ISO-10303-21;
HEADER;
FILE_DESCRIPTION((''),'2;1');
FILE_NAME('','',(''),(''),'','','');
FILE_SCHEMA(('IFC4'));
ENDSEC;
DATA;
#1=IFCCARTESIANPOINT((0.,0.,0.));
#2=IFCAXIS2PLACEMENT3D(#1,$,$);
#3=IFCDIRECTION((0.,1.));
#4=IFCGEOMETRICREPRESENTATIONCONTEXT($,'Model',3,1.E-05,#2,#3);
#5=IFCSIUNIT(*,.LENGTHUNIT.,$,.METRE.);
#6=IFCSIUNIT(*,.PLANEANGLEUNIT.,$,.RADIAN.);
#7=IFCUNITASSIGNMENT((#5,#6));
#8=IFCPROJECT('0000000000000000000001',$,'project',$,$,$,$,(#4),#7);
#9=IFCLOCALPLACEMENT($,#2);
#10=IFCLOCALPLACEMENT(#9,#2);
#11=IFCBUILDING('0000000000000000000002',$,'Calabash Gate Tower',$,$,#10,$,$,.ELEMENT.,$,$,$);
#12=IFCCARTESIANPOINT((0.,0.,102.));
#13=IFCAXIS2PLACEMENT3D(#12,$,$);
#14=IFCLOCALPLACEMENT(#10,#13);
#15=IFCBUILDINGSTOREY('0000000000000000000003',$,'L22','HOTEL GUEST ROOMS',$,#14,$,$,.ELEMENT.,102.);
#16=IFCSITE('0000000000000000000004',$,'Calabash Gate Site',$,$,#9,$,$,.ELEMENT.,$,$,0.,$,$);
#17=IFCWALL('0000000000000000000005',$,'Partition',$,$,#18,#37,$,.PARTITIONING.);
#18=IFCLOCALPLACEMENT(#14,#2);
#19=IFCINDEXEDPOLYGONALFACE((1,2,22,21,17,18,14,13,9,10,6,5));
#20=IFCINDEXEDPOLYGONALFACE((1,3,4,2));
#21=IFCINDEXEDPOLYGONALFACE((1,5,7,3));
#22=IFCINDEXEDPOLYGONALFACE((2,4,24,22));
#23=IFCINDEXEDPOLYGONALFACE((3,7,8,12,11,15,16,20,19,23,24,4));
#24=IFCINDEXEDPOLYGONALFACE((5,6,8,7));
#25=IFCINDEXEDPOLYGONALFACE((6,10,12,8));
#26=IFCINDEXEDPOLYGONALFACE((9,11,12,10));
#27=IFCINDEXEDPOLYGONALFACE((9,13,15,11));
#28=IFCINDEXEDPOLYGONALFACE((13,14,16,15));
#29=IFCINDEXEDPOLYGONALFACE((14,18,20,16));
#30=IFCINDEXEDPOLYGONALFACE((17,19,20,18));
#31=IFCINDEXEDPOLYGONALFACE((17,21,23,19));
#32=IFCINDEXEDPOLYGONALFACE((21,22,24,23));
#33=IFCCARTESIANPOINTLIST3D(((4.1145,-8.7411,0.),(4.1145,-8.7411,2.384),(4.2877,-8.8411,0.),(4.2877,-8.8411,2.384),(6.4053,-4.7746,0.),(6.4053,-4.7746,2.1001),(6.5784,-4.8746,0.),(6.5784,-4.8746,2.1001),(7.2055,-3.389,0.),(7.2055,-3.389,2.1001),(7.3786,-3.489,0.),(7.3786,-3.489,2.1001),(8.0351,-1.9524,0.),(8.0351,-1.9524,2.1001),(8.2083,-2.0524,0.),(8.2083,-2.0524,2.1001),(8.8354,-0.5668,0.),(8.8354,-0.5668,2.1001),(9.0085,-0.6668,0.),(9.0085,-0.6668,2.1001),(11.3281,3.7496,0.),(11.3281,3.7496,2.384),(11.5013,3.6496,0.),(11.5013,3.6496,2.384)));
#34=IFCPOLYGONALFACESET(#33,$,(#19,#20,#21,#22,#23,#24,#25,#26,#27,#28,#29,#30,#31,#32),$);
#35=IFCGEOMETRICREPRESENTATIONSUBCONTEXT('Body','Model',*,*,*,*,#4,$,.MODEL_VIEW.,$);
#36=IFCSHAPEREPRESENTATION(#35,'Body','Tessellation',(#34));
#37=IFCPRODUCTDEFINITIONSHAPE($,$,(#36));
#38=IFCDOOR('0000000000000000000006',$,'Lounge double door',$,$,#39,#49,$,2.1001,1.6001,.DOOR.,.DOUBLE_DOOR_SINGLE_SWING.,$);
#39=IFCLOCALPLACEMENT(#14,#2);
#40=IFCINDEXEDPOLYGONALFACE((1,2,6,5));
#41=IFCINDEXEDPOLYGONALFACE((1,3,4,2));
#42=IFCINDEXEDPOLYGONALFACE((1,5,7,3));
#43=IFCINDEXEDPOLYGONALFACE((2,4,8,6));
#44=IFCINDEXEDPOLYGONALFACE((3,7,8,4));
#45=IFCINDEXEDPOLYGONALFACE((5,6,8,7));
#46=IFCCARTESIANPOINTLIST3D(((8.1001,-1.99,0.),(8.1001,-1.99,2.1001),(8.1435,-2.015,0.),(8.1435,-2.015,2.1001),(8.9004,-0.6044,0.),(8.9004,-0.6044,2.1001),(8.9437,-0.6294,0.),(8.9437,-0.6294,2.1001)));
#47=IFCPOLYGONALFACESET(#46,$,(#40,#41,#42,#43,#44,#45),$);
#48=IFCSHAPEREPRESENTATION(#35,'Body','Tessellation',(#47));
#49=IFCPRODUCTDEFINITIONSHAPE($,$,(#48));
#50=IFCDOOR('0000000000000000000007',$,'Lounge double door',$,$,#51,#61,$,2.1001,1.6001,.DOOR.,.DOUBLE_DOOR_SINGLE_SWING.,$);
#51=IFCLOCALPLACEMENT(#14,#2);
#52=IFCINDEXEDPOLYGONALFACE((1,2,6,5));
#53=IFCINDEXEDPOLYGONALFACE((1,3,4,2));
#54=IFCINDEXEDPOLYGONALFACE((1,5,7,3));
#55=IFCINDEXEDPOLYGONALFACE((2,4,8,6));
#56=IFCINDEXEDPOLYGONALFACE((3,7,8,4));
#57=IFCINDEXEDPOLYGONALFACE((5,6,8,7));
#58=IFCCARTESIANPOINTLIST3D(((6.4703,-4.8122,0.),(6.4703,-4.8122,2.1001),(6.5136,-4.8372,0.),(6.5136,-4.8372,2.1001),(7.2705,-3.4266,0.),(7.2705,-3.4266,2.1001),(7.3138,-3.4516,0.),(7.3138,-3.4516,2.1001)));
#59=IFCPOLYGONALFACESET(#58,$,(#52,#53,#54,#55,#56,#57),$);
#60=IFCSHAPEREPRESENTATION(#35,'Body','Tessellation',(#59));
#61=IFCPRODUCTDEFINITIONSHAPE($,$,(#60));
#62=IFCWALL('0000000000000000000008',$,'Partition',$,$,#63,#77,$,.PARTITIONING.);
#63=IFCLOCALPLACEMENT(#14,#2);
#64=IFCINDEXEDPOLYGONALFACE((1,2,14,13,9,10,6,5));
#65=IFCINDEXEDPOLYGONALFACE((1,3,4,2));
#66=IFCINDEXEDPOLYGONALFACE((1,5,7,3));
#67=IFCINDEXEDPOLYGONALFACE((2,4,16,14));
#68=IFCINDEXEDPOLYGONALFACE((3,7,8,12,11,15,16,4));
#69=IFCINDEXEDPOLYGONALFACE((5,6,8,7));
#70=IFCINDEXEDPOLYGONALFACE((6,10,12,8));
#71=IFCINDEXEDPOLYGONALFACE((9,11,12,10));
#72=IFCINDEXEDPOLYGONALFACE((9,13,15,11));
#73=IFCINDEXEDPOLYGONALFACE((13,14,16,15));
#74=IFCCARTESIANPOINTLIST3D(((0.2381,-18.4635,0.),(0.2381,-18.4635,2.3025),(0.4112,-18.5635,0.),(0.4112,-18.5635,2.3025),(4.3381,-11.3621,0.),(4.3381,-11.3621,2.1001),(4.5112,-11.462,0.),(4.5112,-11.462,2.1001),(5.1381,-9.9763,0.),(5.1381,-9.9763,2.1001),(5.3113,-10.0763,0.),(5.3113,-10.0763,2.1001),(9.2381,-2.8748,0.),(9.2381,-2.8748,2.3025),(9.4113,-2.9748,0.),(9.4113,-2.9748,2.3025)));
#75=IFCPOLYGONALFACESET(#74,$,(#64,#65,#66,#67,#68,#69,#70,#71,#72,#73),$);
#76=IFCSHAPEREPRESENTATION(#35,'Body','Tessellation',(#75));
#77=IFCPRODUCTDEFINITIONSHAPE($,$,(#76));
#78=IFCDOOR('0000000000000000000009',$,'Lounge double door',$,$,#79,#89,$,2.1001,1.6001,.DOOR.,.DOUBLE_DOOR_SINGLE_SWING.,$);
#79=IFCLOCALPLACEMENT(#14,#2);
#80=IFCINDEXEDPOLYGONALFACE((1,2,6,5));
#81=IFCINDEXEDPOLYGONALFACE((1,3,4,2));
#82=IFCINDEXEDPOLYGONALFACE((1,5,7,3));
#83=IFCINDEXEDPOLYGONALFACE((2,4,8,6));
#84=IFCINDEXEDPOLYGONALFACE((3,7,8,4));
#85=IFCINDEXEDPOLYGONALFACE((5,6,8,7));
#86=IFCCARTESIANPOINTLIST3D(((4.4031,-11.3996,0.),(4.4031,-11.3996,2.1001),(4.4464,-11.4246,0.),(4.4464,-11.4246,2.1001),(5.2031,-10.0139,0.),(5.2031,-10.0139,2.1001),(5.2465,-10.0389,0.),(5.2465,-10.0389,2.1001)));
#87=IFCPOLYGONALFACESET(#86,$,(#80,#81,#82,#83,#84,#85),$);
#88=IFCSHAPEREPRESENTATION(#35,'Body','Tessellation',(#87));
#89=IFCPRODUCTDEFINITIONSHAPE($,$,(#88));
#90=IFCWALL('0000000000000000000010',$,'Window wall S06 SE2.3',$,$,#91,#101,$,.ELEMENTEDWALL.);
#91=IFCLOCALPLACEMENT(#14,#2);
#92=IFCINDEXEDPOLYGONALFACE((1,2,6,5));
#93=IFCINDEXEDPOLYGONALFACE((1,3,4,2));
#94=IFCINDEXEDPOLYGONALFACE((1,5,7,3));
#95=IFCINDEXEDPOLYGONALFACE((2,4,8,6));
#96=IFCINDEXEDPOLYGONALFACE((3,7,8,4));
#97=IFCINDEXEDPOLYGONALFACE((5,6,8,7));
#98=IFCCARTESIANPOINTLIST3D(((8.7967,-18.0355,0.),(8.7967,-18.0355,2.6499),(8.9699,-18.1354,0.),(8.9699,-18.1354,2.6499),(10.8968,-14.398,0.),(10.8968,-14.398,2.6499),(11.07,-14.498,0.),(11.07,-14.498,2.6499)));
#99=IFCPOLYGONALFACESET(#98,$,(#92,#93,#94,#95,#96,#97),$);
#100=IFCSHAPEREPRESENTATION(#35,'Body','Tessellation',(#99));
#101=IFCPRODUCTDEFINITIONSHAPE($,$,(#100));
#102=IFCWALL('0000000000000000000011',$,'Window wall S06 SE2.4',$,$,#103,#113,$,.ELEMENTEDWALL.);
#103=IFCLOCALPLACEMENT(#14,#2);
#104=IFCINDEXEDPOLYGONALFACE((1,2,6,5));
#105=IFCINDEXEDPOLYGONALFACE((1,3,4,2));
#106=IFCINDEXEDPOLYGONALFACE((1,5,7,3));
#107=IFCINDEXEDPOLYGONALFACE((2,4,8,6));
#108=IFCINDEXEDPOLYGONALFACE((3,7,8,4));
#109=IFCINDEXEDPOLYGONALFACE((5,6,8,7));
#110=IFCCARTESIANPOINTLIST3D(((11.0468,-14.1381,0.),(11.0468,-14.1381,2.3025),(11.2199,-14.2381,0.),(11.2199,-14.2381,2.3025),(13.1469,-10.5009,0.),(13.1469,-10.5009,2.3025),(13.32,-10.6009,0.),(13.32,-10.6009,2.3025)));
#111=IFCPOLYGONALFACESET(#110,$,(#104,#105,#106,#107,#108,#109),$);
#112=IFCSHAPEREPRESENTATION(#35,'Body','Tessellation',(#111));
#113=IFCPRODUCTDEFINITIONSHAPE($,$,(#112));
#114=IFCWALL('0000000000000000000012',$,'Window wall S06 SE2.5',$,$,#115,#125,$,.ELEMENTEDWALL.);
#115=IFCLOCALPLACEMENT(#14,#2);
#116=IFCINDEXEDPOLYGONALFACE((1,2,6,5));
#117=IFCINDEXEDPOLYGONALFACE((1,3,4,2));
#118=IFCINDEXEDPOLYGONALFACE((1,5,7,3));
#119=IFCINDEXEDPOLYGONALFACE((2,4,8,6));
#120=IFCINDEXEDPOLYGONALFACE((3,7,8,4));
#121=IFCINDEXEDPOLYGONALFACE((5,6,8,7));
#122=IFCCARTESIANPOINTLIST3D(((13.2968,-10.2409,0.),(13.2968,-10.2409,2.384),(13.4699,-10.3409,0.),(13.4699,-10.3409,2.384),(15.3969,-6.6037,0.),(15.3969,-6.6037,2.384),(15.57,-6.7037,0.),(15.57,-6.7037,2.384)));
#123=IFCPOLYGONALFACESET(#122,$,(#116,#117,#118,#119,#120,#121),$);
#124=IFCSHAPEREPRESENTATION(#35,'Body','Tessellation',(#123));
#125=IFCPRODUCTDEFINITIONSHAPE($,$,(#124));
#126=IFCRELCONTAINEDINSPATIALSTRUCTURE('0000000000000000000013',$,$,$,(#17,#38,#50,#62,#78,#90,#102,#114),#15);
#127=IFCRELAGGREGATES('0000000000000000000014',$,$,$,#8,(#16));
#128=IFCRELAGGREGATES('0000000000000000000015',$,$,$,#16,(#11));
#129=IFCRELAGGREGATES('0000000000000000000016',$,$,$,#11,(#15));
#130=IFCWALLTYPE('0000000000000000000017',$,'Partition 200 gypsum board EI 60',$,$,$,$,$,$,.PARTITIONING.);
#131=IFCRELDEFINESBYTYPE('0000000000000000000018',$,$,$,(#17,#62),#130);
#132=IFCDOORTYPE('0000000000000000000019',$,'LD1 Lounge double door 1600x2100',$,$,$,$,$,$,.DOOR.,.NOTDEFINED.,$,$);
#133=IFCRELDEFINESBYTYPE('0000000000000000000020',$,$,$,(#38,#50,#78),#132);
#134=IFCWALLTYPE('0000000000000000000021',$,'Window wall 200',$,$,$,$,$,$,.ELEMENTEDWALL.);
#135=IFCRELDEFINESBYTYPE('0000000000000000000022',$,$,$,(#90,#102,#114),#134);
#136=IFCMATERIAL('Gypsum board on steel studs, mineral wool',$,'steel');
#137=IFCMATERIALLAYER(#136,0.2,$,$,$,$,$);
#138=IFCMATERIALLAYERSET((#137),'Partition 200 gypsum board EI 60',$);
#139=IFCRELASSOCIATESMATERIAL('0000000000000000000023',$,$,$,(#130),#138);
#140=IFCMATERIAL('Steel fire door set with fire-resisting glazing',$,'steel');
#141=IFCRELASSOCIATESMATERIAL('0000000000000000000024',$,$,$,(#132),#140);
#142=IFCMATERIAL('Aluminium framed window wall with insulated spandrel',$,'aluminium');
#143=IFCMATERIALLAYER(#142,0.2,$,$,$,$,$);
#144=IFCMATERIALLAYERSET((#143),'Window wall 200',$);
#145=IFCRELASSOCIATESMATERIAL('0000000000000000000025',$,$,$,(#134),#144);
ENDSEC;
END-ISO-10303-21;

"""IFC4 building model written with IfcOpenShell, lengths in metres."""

from ifc_helpers import new_model, si_unit, direction, frame, frame_2d, origin, place, context, subcontext, project, spatial, rectangle, extrude, material, layer, layer_set, type_object, element, fill, save


model = new_model("IFC4")

# Units and contexts
model_context = context("Model", 3, precision=1e-05, world=origin(), true_north=direction((0.0, 1.0)))
body_context = subcontext(model_context, "Body", "Model", "MODEL_VIEW")
ifc_project = project(units=[si_unit("LENGTHUNIT", "METRE"), si_unit("PLANEANGLEUNIT", "RADIAN")], contexts=[model_context])

# Site, building, storey
site_placement = place(None, origin())
site = spatial("IfcSite", under=ifc_project, at=site_placement, Name="Calabash Gate Site", CompositionType="ELEMENT", RefElevation=0.0)
building_placement = place(site_placement, origin())
building = spatial("IfcBuilding", under=site, at=building_placement, Name="Calabash Gate Tower", CompositionType="ELEMENT")
storey_placement = place(building_placement, frame((0.0, 0.0, 102.0)))
storey = spatial("IfcBuildingStorey", under=building, at=storey_placement, Name="L22", Description="HOTEL GUEST ROOMS", CompositionType="ELEMENT", Elevation=102.0)

# Shared definitions
ifc_material_1 = material(Name="Gypsum board on steel studs, mineral wool", Category="steel")
ifc_layer_1 = layer(ifc_material_1, 0.2)
ifc_layer_set_1 = layer_set([ifc_layer_1], Name="Partition 200 gypsum board EI 60")
wall_type_1 = type_object("IfcWallType", Name="Partition 200 gypsum board EI 60", PredefinedType="PARTITIONING", material=ifc_layer_set_1)

# Wall, openings, doors
wall_1_placement = place(storey_placement, frame((4.2012, -8.791, 0.0), z_axis=(0.0, 0.0, 1.0), x_axis=(0.500109, 0.865962, 0.0)))
wall_1 = element("IfcWall", 1, at=wall_1_placement, inside=storey, type_object=wall_type_1, Name="Partition", PredefinedType="PARTITIONING", context=body_context, shape_type="SweptSolid", body=[
    extrude(rectangle(XDim=14.4241, YDim=0.2, at=frame_2d((7.2119, 0.0))), origin(), (0.0, 0.0, 1.0), 2.384),
])
opening_1_placement = place(wall_1_placement, frame((7.8394, 0.0, 0.0)))
opening_1 = element("IfcOpeningElement", 2, at=opening_1_placement, cuts=wall_1, PredefinedType="OPENING", context=body_context, shape_type="SweptSolid", body=[
    extrude(rectangle(XDim=1.6001, YDim=2.1001, at=frame_2d((0.8, 1.05))), frame((0.0, 0.1099, 0.0), z_axis=(0.0, -1.0, 0.0), x_axis=(1.0, 0.0, 0.0)), (0.0, 0.0, 1.0), 0.22),
])
opening_2_placement = place(wall_1_placement, frame((4.5803, 0.0, 0.0)))
opening_2 = element("IfcOpeningElement", 3, at=opening_2_placement, cuts=wall_1, PredefinedType="OPENING", context=body_context, shape_type="SweptSolid", body=[
    extrude(rectangle(XDim=1.6001, YDim=2.1001, at=frame_2d((0.8, 1.05))), frame((0.0, 0.1099, 0.0), z_axis=(0.0, -1.0, 0.0), x_axis=(1.0, 0.0, 0.0)), (0.0, 0.0, 1.0), 0.22),
])
ifc_material_2 = material(Name="Steel fire door set with fire-resisting glazing", Category="steel")
door_type_1 = type_object("IfcDoorType", Name="LD1 Lounge double door 1600x2100", OperationType="NOTDEFINED", PredefinedType="DOOR", material=ifc_material_2)
door_1_placement = place(opening_1_placement, origin())
door_1 = element("IfcDoor", 4, at=door_1_placement, inside=storey, type_object=door_type_1, Name="Lounge double door", OperationType="DOUBLE_DOOR_SINGLE_SWING", OverallHeight=2.1001, OverallWidth=1.6001, PredefinedType="DOOR", context=body_context, shape_type="SweptSolid", body=[
    extrude(rectangle(XDim=1.6001, YDim=2.1001, at=frame_2d((0.8, 1.05))), frame((0.0, 0.0249, 0.0), z_axis=(0.0, -1.0, 0.0), x_axis=(1.0, 0.0, 0.0)), (0.0, 0.0, 1.0), 0.05),
])
fill(opening_1, door_1)
door_2_placement = place(opening_2_placement, origin())
door_2 = element("IfcDoor", 5, at=door_2_placement, inside=storey, type_object=door_type_1, Name="Lounge double door", OperationType="DOUBLE_DOOR_SINGLE_SWING", OverallHeight=2.1001, OverallWidth=1.6001, PredefinedType="DOOR", context=body_context, shape_type="SweptSolid", body=[
    extrude(rectangle(XDim=1.6001, YDim=2.1001, at=frame_2d((0.8, 1.05))), frame((0.0, 0.0249, 0.0), z_axis=(0.0, -1.0, 0.0), x_axis=(1.0, 0.0, 0.0)), (0.0, 0.0, 1.0), 0.05),
])
fill(opening_2, door_2)

# Wall, opening, door
wall_2_placement = place(storey_placement, frame((0.3247, -18.5134, 0.0), z_axis=(0.0, 0.0, 1.0), x_axis=(0.499996, 0.866028, 0.0)))
wall_2 = element("IfcWall", 6, at=wall_2_placement, inside=storey, type_object=wall_type_1, Name="Partition", PredefinedType="PARTITIONING", context=body_context, shape_type="SweptSolid", body=[
    extrude(rectangle(XDim=18.0002, YDim=0.2, at=frame_2d((9.0, 0.0))), origin(), (0.0, 0.0, 1.0), 2.3025),
])
opening_3_placement = place(wall_2_placement, frame((8.2, 0.0, 0.0)))
opening_3 = element("IfcOpeningElement", 7, at=opening_3_placement, cuts=wall_2, PredefinedType="OPENING", context=body_context, shape_type="SweptSolid", body=[
    extrude(rectangle(XDim=1.6001, YDim=2.1001, at=frame_2d((0.8, 1.05))), frame((0.0, 0.1099, 0.0), z_axis=(0.0, -1.0, 0.0), x_axis=(1.0, 0.0, 0.0)), (0.0, 0.0, 1.0), 0.22),
])
door_3_placement = place(opening_3_placement, origin())
door_3 = element("IfcDoor", 8, at=door_3_placement, inside=storey, type_object=door_type_1, Name="Lounge double door", OperationType="DOUBLE_DOOR_SINGLE_SWING", OverallHeight=2.1001, OverallWidth=1.6001, PredefinedType="DOOR", context=body_context, shape_type="SweptSolid", body=[
    extrude(rectangle(XDim=1.6001, YDim=2.1001, at=frame_2d((0.8, 1.05))), frame((0.0, 0.0249, 0.0), z_axis=(0.0, -1.0, 0.0), x_axis=(1.0, 0.0, 0.0)), (0.0, 0.0, 1.0), 0.05),
])
fill(opening_3, door_3)

# Walls
ifc_material_3 = material(Name="Aluminium framed window wall with insulated spandrel", Category="aluminium")
ifc_layer_2 = layer(ifc_material_3, 0.2)
ifc_layer_set_2 = layer_set([ifc_layer_2], Name="Window wall 200")
wall_type_2 = type_object("IfcWallType", Name="Window wall 200", PredefinedType="ELEMENTEDWALL", material=ifc_layer_set_2)
wall_3_placement = place(storey_placement, frame((8.8833, -18.0854, 0.0), z_axis=(0.0, 0.0, 1.0), x_axis=(0.500003, 0.866024, 0.0)))
element("IfcWall", 9, at=wall_3_placement, inside=storey, type_object=wall_type_2, Name="Window wall S06 SE2.3", PredefinedType="ELEMENTEDWALL", context=body_context, shape_type="SweptSolid", body=[
    extrude(rectangle(XDim=4.2002, YDim=0.2, at=frame_2d((2.1001, 0.0))), origin(), (0.0, 0.0, 1.0), 2.6499),
])
wall_4_placement = place(storey_placement, frame((11.1333, -14.1882, 0.0), z_axis=(0.0, 0.0, 1.0), x_axis=(0.500028, 0.866009, 0.0)))
element("IfcWall", 10, at=wall_4_placement, inside=storey, type_object=wall_type_2, Name="Window wall S06 SE2.4", PredefinedType="ELEMENTEDWALL", context=body_context, shape_type="SweptSolid", body=[
    extrude(rectangle(XDim=4.2, YDim=0.2, at=frame_2d((2.1001, 0.0))), origin(), (0.0, 0.0, 1.0), 2.3025),
])
wall_5_placement = place(storey_placement, frame((13.3833, -10.291, 0.0), z_axis=(0.0, 0.0, 1.0), x_axis=(0.500028, 0.866009, 0.0)))
element("IfcWall", 11, at=wall_5_placement, inside=storey, type_object=wall_type_2, Name="Window wall S06 SE2.5", PredefinedType="ELEMENTEDWALL", context=body_context, shape_type="SweptSolid", body=[
    extrude(rectangle(XDim=4.2, YDim=0.2, at=frame_2d((2.1001, 0.0))), origin(), (0.0, 0.0, 1.0), 2.384),
])

save(model, "model.ifc")
